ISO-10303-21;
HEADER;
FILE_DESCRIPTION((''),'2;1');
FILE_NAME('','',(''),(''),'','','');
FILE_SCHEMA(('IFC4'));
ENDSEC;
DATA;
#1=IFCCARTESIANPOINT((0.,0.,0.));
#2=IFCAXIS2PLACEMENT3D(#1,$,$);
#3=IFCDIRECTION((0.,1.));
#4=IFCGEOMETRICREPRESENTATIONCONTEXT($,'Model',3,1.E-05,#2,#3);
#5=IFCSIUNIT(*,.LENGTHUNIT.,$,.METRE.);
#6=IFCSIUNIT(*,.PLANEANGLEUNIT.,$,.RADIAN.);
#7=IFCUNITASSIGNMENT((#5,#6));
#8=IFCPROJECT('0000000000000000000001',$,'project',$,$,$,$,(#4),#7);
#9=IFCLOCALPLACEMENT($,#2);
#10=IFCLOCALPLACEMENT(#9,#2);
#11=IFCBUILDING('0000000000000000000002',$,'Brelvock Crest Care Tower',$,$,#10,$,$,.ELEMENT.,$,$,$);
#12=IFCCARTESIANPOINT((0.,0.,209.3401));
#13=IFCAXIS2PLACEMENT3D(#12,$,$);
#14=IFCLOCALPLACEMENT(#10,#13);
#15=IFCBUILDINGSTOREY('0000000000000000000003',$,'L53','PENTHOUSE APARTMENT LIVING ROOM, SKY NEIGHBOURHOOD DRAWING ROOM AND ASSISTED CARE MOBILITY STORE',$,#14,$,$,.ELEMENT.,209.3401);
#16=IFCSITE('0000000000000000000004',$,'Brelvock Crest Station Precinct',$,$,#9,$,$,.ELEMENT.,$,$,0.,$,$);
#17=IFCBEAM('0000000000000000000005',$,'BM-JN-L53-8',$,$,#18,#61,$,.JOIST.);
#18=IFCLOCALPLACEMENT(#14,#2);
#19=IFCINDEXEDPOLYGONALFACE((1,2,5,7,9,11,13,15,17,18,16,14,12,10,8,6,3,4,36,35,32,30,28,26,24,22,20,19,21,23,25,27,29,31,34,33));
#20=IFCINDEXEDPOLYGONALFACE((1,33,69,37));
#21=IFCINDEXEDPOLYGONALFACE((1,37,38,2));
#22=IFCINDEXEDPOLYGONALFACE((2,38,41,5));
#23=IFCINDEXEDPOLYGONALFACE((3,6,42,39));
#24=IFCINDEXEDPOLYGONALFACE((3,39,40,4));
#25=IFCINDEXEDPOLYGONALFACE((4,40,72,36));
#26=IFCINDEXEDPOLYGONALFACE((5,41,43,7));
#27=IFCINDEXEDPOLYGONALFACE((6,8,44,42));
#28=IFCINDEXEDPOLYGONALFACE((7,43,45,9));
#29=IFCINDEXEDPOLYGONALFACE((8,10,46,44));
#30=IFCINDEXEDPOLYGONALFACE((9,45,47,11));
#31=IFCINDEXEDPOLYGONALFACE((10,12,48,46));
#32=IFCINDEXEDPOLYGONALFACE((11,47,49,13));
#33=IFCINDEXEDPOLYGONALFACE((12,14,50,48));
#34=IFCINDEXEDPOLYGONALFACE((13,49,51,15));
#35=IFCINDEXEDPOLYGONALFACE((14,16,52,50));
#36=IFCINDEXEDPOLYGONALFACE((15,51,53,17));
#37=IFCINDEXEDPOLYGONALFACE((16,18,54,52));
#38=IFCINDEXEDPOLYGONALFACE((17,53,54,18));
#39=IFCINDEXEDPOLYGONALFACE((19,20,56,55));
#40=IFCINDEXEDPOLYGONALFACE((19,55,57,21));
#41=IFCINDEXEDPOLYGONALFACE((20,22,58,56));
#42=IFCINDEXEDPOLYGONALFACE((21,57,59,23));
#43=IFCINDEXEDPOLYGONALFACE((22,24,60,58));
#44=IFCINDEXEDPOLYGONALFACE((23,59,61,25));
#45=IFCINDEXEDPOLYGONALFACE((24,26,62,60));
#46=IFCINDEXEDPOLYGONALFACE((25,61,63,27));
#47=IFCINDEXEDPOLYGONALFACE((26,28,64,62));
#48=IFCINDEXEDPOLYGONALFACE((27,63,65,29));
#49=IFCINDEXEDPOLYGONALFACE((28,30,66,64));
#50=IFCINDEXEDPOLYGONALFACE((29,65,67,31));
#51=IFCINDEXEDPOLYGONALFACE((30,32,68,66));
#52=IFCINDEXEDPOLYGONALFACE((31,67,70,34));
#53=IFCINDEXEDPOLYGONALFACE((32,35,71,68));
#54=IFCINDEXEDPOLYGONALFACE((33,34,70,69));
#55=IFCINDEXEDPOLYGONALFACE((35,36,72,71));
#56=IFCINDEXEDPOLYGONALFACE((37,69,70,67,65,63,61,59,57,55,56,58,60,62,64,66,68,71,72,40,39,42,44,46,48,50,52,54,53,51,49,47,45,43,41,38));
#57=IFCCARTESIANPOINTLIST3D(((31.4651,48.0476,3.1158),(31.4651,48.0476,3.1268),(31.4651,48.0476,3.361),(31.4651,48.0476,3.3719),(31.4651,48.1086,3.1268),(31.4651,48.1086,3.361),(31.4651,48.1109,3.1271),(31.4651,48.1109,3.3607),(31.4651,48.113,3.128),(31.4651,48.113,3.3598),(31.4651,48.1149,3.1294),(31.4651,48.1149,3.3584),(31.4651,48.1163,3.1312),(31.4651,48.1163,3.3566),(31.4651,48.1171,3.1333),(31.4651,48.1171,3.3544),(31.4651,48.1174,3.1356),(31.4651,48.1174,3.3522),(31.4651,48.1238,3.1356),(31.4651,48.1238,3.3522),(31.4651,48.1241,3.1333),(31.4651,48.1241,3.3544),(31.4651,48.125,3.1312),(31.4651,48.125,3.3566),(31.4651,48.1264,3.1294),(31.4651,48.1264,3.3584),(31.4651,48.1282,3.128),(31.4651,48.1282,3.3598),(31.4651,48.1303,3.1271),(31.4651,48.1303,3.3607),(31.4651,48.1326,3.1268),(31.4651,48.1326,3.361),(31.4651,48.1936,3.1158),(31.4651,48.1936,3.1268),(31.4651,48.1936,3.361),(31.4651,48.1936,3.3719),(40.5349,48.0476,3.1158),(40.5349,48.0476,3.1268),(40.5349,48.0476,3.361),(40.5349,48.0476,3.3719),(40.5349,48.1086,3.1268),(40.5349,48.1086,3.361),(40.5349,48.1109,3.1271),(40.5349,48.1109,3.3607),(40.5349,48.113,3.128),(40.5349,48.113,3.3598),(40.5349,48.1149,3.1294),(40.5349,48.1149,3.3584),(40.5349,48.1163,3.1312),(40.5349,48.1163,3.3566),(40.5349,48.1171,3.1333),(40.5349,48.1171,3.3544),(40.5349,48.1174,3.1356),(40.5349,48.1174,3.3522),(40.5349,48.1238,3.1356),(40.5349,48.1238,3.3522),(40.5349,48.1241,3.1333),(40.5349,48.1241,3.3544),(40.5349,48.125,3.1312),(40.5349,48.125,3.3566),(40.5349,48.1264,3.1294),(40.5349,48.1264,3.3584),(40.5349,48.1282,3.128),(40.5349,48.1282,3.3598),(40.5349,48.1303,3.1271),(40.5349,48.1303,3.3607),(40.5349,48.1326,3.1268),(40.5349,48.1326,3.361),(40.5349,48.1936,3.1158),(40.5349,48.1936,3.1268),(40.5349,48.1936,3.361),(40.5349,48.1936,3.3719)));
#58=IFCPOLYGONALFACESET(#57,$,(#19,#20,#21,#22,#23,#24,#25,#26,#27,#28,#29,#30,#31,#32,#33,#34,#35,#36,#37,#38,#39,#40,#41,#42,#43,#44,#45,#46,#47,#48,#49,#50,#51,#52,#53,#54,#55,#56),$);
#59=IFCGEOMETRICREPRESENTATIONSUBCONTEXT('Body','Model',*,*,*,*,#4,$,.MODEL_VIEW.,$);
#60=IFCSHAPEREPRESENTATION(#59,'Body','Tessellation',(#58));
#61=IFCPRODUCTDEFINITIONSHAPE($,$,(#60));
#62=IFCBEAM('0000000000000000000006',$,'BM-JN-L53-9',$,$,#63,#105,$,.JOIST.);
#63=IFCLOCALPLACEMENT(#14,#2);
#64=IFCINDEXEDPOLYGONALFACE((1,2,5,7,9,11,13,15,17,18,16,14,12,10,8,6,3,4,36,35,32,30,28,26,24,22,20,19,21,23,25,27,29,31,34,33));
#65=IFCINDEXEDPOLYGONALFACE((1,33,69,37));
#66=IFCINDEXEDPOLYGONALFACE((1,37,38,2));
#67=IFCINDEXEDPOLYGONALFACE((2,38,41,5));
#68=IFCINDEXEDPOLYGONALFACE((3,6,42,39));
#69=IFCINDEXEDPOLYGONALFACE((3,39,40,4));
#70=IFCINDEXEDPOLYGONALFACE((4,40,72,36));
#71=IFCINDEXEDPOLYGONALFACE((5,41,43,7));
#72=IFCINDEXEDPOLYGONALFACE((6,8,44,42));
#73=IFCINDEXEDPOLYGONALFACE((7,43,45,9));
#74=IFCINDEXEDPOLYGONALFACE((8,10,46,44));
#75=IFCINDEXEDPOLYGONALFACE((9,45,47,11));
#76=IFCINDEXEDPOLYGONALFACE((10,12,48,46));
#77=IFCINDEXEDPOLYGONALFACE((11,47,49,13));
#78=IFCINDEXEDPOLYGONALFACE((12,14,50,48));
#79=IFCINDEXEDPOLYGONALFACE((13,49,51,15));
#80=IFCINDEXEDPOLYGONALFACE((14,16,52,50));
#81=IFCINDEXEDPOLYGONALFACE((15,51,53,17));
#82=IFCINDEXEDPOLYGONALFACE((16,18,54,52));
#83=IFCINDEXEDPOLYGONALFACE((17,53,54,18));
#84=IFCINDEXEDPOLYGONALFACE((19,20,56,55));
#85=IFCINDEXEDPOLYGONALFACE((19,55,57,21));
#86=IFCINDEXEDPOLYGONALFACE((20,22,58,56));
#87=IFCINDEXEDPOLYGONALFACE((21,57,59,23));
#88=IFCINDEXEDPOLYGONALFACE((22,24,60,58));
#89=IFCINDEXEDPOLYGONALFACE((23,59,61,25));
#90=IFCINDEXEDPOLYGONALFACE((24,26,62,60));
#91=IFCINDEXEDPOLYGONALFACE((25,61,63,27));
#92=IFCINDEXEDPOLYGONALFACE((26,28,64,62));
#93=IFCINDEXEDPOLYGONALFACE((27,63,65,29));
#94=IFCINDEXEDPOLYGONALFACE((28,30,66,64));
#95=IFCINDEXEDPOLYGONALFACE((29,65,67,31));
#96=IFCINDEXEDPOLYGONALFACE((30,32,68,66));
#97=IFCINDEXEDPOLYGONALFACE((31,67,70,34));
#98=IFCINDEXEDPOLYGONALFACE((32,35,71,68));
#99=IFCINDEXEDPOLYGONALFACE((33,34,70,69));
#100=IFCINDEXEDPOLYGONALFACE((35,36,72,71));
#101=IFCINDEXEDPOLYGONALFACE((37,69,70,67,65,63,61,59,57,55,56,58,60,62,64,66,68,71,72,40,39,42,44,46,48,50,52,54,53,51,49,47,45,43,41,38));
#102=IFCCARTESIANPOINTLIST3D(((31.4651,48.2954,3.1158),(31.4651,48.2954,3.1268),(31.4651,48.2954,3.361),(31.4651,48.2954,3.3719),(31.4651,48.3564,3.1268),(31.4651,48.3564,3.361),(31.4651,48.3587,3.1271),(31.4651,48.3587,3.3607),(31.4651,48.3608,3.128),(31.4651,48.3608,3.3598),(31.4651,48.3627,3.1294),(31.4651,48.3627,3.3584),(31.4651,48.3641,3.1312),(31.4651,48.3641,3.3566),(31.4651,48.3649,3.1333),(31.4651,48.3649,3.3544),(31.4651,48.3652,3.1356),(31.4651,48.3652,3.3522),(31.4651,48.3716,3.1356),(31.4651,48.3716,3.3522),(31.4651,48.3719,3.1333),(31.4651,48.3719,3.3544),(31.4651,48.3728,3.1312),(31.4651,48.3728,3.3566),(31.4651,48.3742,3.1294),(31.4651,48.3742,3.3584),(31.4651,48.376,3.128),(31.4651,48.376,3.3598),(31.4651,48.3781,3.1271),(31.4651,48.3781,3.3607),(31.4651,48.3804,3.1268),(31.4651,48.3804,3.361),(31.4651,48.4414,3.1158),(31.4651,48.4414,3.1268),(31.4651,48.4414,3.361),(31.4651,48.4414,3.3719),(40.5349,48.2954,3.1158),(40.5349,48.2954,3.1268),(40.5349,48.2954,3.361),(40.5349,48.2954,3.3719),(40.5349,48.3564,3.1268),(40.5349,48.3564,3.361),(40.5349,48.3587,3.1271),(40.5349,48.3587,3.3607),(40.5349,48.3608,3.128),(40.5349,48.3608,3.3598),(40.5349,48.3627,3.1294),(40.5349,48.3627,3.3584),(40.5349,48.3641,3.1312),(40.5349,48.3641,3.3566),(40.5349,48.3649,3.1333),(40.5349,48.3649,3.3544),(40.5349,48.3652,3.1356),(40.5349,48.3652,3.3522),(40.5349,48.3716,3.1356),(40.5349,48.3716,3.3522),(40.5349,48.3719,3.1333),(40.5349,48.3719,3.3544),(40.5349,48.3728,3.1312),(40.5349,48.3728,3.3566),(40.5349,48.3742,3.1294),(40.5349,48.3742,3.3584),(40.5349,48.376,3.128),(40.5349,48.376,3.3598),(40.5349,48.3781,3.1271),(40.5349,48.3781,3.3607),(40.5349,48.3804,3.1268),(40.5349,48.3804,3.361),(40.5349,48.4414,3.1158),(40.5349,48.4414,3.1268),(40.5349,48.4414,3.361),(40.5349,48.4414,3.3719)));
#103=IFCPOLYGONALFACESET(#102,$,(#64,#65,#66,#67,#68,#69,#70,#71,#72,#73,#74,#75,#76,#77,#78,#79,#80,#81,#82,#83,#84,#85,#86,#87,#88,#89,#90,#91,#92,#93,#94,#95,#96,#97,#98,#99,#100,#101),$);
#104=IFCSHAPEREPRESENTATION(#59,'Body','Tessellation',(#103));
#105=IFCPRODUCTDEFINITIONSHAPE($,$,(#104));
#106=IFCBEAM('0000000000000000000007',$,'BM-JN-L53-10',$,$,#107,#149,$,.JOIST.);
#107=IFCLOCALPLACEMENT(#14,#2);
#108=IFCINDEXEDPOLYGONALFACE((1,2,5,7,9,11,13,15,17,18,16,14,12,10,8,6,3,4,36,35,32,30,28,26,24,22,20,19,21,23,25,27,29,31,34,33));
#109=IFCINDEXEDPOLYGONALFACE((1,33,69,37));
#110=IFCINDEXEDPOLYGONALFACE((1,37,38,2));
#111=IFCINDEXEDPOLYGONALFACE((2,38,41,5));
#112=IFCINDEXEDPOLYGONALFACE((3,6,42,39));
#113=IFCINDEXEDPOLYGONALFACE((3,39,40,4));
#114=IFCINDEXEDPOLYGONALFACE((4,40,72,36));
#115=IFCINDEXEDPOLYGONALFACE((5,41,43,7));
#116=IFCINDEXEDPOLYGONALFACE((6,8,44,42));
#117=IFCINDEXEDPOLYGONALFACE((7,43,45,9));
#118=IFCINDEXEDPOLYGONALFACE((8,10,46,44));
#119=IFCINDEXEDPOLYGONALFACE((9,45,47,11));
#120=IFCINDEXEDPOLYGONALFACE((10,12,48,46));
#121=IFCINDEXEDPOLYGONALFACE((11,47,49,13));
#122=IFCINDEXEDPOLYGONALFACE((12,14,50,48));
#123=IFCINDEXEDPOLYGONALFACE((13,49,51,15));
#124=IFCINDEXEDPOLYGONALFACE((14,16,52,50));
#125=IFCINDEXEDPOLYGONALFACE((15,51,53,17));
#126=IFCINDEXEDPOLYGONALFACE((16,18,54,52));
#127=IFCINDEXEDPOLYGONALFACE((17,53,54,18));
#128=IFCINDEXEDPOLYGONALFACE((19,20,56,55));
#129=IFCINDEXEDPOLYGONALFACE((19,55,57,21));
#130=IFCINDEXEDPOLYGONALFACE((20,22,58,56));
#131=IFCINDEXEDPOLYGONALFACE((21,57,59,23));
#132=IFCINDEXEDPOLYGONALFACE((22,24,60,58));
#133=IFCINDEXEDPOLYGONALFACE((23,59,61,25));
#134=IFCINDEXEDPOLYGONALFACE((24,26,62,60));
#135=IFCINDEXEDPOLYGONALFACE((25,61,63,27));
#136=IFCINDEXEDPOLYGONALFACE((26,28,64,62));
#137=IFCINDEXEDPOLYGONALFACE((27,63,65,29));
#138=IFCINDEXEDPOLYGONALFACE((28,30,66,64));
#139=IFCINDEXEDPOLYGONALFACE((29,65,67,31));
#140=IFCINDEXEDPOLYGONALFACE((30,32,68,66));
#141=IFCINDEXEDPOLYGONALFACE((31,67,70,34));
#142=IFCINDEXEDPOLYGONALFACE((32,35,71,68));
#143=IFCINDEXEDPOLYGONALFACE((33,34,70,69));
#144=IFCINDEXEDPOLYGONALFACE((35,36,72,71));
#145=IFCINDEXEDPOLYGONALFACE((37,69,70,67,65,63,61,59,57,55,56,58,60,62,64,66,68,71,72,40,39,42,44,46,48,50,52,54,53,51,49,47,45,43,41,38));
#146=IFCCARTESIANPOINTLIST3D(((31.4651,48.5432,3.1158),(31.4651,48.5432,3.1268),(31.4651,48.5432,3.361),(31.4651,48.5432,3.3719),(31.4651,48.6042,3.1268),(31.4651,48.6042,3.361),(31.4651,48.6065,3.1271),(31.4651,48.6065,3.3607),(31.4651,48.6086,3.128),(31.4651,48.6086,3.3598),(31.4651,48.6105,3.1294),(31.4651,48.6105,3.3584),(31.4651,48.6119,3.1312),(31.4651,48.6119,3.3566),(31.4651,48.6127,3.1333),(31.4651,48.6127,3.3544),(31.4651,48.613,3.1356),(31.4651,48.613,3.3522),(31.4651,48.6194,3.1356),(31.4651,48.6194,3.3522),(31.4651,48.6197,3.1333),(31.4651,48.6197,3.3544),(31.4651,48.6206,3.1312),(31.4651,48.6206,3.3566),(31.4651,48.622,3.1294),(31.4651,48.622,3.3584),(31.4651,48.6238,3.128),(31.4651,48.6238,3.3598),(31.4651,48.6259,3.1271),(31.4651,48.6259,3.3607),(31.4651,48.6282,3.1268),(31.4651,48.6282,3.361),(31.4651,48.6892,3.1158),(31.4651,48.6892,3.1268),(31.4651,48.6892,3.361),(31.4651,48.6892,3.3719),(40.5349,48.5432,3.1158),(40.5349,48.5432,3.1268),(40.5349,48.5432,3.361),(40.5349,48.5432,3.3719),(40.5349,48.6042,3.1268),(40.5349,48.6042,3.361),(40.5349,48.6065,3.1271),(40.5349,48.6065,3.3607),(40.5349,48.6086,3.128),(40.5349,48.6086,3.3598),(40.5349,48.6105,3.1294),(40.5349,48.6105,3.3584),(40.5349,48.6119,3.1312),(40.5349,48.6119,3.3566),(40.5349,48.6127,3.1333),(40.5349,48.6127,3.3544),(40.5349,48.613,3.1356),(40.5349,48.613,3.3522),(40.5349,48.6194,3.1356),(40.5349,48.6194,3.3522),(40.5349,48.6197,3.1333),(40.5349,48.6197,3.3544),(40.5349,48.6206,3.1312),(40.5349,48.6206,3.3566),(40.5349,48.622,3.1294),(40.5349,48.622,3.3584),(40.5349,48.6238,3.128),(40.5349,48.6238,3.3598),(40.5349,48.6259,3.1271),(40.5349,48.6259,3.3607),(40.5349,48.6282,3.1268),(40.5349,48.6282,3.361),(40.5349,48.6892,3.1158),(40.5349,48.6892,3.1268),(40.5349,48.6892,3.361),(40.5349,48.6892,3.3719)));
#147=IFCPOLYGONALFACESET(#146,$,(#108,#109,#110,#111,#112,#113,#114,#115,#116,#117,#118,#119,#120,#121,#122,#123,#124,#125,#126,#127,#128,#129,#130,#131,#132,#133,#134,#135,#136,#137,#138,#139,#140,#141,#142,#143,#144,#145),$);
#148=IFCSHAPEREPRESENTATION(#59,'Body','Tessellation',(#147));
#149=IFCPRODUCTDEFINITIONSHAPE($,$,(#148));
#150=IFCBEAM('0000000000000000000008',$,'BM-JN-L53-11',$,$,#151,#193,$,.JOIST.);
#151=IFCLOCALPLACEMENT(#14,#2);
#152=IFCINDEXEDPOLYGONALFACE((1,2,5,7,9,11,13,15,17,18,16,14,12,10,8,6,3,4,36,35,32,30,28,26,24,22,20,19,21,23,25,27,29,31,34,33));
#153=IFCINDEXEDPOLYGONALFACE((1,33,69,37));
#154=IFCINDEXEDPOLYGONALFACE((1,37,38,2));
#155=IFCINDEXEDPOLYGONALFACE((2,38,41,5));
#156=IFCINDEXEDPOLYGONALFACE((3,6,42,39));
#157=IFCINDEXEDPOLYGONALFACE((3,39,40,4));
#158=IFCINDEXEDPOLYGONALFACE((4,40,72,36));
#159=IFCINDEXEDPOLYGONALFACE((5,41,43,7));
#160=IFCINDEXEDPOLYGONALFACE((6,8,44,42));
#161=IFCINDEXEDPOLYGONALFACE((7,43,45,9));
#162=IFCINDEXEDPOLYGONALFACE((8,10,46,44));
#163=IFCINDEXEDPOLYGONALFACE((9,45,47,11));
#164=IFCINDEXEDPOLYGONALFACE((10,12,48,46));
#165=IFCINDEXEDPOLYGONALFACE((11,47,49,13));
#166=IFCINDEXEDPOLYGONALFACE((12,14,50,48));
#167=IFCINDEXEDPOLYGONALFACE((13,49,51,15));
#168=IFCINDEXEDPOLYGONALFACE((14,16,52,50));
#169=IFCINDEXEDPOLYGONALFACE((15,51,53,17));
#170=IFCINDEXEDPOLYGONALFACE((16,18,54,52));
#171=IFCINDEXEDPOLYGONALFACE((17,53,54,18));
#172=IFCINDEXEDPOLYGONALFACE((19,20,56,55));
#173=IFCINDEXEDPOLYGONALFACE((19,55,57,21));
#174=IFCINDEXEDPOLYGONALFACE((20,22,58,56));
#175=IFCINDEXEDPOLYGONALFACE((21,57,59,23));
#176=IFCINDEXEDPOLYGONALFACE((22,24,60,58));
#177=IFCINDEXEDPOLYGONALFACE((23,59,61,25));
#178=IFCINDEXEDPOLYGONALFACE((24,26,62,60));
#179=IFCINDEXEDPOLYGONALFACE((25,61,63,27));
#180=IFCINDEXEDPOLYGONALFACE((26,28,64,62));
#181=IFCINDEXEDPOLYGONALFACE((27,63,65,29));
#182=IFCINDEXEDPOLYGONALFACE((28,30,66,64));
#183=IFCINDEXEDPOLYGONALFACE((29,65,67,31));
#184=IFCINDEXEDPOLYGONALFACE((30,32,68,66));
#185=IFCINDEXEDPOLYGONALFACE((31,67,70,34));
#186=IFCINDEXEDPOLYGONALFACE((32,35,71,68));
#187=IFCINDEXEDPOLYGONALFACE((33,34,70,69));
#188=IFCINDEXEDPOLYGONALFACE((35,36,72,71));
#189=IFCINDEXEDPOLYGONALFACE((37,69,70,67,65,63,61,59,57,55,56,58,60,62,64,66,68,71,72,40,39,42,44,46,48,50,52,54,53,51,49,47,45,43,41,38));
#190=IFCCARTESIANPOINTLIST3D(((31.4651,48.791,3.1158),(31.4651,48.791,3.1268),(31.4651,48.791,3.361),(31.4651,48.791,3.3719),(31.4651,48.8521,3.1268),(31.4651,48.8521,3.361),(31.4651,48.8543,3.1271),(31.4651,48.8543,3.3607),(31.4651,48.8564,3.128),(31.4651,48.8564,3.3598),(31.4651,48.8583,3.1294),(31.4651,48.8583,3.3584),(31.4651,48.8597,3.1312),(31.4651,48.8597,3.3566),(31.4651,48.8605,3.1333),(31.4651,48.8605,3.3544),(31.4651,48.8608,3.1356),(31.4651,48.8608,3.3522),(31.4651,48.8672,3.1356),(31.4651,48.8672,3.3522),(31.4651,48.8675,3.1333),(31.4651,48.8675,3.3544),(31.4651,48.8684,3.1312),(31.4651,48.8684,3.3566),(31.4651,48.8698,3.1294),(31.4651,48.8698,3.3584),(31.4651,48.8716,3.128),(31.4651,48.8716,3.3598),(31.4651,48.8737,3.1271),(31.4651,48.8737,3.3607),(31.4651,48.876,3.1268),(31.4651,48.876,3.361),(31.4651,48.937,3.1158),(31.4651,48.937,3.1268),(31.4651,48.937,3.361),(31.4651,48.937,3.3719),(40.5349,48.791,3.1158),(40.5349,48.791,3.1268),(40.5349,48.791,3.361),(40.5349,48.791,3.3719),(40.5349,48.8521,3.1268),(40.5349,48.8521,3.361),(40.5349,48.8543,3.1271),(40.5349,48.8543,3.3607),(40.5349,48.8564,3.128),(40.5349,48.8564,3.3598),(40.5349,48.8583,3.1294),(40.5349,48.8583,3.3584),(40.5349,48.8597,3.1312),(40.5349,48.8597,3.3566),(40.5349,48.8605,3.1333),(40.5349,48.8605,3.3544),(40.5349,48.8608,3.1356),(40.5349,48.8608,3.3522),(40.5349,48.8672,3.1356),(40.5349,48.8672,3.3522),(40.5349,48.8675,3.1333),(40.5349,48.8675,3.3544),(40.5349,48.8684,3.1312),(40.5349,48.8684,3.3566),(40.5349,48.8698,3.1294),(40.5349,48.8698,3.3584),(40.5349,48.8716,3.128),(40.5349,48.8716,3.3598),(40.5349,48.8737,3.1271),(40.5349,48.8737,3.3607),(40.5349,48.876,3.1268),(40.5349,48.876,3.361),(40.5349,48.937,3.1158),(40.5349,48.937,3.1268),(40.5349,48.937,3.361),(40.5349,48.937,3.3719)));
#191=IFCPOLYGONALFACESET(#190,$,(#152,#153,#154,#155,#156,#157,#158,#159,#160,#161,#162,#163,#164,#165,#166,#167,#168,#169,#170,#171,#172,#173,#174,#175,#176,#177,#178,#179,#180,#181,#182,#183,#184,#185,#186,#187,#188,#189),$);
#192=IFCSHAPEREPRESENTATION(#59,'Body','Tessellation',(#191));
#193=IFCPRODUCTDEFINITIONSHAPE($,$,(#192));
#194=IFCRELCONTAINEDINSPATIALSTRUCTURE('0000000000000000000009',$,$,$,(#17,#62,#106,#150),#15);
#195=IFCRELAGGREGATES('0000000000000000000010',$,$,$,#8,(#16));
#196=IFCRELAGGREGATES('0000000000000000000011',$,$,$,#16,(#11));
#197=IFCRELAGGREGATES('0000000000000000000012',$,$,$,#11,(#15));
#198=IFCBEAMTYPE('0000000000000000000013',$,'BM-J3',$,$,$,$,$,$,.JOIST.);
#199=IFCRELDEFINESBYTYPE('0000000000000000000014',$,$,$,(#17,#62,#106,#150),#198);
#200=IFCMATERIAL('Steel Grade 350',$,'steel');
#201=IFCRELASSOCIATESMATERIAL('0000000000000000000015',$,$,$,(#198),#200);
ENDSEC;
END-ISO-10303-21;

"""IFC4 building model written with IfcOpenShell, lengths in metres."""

from ifc_helpers import new_model, si_unit, direction, frame, origin, origin_2d, place, context, subcontext, project, spatial, i_section, extrude, source, transform, mapped, material, material_profile, profile_set, type_object, element, save


model = new_model("IFC4")

# Units and contexts
model_context = context("Model", 3, precision=1e-05, world=origin(), true_north=direction((0.0, 1.0)))
body_context = subcontext(model_context, "Body", "Model", "MODEL_VIEW")
ifc_project = project(units=[si_unit("LENGTHUNIT", "METRE"), si_unit("PLANEANGLEUNIT", "RADIAN")], contexts=[model_context])

# Site, building, storey
site_placement = place(None, origin())
site = spatial("IfcSite", under=ifc_project, at=site_placement, Name="Brelvock Crest Station Precinct", CompositionType="ELEMENT", RefElevation=0.0)
building_placement = place(site_placement, origin())
building = spatial("IfcBuilding", under=site, at=building_placement, Name="Brelvock Crest Care Tower", CompositionType="ELEMENT")
storey_placement = place(building_placement, frame((0.0, 0.0, 209.3401)))
storey = spatial("IfcBuildingStorey", under=building, at=storey_placement, Name="L53", Description="PENTHOUSE APARTMENT LIVING ROOM, SKY NEIGHBOURHOOD DRAWING ROOM AND ASSISTED CARE MOBILITY STORE", CompositionType="ELEMENT", Elevation=209.3401)

# Shared definitions
ifc_material_1 = material(Name="Steel Grade 350", Category="steel")

# Beams
ifc_material_profile_1 = material_profile(ifc_material_1, i_section(OverallWidth=0.146, OverallDepth=0.2561, WebThickness=0.0063, FlangeThickness=0.011, FilletRadius=0.0088, at=origin_2d()), Name="250UB37.3")
ifc_profile_set_1 = profile_set([ifc_material_profile_1], Name="Steel Grade 350")
beam_type_1 = type_object("IfcBeamType", Name="BM-J3", PredefinedType="JOIST", material=ifc_profile_set_1)
shared_shape_1 = source(origin(), body_context, "Body", "SweptSolid", [
    extrude(i_section(OverallWidth=0.146, OverallDepth=0.2561, WebThickness=0.0063, FlangeThickness=0.011, FilletRadius=0.0088, at=origin_2d()), origin(), (0.0, 0.0, 1.0), 9.0698),
])
for number, where, z_axis, x_axis, name in (
    (1, (31.4651, 48.1206, 3.2439), (1.0, 0.0, 0.0), (0.0, 1.0, 0.0), "BM-JN-L53-8"),
    (2, (31.4651, 48.3684, 3.2439), (1.0, 0.0, 0.0), (0.0, 1.0, 0.0), "BM-JN-L53-9"),
    (3, (31.4651, 48.6162, 3.2439), (1.0, 0.0, 0.0), (0.0, 1.0, 0.0), "BM-JN-L53-10"),
    (4, (31.4651, 48.864, 3.2439), (1.0, 0.0, 0.0), (0.0, 1.0, 0.0), "BM-JN-L53-11"),
):
    element("IfcBeam", number, at=place(storey_placement, frame(where, z_axis=z_axis, x_axis=x_axis)), inside=storey, type_object=beam_type_1, Name=name, PredefinedType="JOIST", context=body_context, shape_type="MappedRepresentation", body=[
        mapped(shared_shape_1, transform((0.0, 0.0, 0.0), x_axis=(1.0, 0.0, 0.0), y_axis=(0.0, 1.0, 0.0), z_axis=(0.0, 0.0, 1.0), scale=1.0)),
    ])

save(model, "model.ifc")
